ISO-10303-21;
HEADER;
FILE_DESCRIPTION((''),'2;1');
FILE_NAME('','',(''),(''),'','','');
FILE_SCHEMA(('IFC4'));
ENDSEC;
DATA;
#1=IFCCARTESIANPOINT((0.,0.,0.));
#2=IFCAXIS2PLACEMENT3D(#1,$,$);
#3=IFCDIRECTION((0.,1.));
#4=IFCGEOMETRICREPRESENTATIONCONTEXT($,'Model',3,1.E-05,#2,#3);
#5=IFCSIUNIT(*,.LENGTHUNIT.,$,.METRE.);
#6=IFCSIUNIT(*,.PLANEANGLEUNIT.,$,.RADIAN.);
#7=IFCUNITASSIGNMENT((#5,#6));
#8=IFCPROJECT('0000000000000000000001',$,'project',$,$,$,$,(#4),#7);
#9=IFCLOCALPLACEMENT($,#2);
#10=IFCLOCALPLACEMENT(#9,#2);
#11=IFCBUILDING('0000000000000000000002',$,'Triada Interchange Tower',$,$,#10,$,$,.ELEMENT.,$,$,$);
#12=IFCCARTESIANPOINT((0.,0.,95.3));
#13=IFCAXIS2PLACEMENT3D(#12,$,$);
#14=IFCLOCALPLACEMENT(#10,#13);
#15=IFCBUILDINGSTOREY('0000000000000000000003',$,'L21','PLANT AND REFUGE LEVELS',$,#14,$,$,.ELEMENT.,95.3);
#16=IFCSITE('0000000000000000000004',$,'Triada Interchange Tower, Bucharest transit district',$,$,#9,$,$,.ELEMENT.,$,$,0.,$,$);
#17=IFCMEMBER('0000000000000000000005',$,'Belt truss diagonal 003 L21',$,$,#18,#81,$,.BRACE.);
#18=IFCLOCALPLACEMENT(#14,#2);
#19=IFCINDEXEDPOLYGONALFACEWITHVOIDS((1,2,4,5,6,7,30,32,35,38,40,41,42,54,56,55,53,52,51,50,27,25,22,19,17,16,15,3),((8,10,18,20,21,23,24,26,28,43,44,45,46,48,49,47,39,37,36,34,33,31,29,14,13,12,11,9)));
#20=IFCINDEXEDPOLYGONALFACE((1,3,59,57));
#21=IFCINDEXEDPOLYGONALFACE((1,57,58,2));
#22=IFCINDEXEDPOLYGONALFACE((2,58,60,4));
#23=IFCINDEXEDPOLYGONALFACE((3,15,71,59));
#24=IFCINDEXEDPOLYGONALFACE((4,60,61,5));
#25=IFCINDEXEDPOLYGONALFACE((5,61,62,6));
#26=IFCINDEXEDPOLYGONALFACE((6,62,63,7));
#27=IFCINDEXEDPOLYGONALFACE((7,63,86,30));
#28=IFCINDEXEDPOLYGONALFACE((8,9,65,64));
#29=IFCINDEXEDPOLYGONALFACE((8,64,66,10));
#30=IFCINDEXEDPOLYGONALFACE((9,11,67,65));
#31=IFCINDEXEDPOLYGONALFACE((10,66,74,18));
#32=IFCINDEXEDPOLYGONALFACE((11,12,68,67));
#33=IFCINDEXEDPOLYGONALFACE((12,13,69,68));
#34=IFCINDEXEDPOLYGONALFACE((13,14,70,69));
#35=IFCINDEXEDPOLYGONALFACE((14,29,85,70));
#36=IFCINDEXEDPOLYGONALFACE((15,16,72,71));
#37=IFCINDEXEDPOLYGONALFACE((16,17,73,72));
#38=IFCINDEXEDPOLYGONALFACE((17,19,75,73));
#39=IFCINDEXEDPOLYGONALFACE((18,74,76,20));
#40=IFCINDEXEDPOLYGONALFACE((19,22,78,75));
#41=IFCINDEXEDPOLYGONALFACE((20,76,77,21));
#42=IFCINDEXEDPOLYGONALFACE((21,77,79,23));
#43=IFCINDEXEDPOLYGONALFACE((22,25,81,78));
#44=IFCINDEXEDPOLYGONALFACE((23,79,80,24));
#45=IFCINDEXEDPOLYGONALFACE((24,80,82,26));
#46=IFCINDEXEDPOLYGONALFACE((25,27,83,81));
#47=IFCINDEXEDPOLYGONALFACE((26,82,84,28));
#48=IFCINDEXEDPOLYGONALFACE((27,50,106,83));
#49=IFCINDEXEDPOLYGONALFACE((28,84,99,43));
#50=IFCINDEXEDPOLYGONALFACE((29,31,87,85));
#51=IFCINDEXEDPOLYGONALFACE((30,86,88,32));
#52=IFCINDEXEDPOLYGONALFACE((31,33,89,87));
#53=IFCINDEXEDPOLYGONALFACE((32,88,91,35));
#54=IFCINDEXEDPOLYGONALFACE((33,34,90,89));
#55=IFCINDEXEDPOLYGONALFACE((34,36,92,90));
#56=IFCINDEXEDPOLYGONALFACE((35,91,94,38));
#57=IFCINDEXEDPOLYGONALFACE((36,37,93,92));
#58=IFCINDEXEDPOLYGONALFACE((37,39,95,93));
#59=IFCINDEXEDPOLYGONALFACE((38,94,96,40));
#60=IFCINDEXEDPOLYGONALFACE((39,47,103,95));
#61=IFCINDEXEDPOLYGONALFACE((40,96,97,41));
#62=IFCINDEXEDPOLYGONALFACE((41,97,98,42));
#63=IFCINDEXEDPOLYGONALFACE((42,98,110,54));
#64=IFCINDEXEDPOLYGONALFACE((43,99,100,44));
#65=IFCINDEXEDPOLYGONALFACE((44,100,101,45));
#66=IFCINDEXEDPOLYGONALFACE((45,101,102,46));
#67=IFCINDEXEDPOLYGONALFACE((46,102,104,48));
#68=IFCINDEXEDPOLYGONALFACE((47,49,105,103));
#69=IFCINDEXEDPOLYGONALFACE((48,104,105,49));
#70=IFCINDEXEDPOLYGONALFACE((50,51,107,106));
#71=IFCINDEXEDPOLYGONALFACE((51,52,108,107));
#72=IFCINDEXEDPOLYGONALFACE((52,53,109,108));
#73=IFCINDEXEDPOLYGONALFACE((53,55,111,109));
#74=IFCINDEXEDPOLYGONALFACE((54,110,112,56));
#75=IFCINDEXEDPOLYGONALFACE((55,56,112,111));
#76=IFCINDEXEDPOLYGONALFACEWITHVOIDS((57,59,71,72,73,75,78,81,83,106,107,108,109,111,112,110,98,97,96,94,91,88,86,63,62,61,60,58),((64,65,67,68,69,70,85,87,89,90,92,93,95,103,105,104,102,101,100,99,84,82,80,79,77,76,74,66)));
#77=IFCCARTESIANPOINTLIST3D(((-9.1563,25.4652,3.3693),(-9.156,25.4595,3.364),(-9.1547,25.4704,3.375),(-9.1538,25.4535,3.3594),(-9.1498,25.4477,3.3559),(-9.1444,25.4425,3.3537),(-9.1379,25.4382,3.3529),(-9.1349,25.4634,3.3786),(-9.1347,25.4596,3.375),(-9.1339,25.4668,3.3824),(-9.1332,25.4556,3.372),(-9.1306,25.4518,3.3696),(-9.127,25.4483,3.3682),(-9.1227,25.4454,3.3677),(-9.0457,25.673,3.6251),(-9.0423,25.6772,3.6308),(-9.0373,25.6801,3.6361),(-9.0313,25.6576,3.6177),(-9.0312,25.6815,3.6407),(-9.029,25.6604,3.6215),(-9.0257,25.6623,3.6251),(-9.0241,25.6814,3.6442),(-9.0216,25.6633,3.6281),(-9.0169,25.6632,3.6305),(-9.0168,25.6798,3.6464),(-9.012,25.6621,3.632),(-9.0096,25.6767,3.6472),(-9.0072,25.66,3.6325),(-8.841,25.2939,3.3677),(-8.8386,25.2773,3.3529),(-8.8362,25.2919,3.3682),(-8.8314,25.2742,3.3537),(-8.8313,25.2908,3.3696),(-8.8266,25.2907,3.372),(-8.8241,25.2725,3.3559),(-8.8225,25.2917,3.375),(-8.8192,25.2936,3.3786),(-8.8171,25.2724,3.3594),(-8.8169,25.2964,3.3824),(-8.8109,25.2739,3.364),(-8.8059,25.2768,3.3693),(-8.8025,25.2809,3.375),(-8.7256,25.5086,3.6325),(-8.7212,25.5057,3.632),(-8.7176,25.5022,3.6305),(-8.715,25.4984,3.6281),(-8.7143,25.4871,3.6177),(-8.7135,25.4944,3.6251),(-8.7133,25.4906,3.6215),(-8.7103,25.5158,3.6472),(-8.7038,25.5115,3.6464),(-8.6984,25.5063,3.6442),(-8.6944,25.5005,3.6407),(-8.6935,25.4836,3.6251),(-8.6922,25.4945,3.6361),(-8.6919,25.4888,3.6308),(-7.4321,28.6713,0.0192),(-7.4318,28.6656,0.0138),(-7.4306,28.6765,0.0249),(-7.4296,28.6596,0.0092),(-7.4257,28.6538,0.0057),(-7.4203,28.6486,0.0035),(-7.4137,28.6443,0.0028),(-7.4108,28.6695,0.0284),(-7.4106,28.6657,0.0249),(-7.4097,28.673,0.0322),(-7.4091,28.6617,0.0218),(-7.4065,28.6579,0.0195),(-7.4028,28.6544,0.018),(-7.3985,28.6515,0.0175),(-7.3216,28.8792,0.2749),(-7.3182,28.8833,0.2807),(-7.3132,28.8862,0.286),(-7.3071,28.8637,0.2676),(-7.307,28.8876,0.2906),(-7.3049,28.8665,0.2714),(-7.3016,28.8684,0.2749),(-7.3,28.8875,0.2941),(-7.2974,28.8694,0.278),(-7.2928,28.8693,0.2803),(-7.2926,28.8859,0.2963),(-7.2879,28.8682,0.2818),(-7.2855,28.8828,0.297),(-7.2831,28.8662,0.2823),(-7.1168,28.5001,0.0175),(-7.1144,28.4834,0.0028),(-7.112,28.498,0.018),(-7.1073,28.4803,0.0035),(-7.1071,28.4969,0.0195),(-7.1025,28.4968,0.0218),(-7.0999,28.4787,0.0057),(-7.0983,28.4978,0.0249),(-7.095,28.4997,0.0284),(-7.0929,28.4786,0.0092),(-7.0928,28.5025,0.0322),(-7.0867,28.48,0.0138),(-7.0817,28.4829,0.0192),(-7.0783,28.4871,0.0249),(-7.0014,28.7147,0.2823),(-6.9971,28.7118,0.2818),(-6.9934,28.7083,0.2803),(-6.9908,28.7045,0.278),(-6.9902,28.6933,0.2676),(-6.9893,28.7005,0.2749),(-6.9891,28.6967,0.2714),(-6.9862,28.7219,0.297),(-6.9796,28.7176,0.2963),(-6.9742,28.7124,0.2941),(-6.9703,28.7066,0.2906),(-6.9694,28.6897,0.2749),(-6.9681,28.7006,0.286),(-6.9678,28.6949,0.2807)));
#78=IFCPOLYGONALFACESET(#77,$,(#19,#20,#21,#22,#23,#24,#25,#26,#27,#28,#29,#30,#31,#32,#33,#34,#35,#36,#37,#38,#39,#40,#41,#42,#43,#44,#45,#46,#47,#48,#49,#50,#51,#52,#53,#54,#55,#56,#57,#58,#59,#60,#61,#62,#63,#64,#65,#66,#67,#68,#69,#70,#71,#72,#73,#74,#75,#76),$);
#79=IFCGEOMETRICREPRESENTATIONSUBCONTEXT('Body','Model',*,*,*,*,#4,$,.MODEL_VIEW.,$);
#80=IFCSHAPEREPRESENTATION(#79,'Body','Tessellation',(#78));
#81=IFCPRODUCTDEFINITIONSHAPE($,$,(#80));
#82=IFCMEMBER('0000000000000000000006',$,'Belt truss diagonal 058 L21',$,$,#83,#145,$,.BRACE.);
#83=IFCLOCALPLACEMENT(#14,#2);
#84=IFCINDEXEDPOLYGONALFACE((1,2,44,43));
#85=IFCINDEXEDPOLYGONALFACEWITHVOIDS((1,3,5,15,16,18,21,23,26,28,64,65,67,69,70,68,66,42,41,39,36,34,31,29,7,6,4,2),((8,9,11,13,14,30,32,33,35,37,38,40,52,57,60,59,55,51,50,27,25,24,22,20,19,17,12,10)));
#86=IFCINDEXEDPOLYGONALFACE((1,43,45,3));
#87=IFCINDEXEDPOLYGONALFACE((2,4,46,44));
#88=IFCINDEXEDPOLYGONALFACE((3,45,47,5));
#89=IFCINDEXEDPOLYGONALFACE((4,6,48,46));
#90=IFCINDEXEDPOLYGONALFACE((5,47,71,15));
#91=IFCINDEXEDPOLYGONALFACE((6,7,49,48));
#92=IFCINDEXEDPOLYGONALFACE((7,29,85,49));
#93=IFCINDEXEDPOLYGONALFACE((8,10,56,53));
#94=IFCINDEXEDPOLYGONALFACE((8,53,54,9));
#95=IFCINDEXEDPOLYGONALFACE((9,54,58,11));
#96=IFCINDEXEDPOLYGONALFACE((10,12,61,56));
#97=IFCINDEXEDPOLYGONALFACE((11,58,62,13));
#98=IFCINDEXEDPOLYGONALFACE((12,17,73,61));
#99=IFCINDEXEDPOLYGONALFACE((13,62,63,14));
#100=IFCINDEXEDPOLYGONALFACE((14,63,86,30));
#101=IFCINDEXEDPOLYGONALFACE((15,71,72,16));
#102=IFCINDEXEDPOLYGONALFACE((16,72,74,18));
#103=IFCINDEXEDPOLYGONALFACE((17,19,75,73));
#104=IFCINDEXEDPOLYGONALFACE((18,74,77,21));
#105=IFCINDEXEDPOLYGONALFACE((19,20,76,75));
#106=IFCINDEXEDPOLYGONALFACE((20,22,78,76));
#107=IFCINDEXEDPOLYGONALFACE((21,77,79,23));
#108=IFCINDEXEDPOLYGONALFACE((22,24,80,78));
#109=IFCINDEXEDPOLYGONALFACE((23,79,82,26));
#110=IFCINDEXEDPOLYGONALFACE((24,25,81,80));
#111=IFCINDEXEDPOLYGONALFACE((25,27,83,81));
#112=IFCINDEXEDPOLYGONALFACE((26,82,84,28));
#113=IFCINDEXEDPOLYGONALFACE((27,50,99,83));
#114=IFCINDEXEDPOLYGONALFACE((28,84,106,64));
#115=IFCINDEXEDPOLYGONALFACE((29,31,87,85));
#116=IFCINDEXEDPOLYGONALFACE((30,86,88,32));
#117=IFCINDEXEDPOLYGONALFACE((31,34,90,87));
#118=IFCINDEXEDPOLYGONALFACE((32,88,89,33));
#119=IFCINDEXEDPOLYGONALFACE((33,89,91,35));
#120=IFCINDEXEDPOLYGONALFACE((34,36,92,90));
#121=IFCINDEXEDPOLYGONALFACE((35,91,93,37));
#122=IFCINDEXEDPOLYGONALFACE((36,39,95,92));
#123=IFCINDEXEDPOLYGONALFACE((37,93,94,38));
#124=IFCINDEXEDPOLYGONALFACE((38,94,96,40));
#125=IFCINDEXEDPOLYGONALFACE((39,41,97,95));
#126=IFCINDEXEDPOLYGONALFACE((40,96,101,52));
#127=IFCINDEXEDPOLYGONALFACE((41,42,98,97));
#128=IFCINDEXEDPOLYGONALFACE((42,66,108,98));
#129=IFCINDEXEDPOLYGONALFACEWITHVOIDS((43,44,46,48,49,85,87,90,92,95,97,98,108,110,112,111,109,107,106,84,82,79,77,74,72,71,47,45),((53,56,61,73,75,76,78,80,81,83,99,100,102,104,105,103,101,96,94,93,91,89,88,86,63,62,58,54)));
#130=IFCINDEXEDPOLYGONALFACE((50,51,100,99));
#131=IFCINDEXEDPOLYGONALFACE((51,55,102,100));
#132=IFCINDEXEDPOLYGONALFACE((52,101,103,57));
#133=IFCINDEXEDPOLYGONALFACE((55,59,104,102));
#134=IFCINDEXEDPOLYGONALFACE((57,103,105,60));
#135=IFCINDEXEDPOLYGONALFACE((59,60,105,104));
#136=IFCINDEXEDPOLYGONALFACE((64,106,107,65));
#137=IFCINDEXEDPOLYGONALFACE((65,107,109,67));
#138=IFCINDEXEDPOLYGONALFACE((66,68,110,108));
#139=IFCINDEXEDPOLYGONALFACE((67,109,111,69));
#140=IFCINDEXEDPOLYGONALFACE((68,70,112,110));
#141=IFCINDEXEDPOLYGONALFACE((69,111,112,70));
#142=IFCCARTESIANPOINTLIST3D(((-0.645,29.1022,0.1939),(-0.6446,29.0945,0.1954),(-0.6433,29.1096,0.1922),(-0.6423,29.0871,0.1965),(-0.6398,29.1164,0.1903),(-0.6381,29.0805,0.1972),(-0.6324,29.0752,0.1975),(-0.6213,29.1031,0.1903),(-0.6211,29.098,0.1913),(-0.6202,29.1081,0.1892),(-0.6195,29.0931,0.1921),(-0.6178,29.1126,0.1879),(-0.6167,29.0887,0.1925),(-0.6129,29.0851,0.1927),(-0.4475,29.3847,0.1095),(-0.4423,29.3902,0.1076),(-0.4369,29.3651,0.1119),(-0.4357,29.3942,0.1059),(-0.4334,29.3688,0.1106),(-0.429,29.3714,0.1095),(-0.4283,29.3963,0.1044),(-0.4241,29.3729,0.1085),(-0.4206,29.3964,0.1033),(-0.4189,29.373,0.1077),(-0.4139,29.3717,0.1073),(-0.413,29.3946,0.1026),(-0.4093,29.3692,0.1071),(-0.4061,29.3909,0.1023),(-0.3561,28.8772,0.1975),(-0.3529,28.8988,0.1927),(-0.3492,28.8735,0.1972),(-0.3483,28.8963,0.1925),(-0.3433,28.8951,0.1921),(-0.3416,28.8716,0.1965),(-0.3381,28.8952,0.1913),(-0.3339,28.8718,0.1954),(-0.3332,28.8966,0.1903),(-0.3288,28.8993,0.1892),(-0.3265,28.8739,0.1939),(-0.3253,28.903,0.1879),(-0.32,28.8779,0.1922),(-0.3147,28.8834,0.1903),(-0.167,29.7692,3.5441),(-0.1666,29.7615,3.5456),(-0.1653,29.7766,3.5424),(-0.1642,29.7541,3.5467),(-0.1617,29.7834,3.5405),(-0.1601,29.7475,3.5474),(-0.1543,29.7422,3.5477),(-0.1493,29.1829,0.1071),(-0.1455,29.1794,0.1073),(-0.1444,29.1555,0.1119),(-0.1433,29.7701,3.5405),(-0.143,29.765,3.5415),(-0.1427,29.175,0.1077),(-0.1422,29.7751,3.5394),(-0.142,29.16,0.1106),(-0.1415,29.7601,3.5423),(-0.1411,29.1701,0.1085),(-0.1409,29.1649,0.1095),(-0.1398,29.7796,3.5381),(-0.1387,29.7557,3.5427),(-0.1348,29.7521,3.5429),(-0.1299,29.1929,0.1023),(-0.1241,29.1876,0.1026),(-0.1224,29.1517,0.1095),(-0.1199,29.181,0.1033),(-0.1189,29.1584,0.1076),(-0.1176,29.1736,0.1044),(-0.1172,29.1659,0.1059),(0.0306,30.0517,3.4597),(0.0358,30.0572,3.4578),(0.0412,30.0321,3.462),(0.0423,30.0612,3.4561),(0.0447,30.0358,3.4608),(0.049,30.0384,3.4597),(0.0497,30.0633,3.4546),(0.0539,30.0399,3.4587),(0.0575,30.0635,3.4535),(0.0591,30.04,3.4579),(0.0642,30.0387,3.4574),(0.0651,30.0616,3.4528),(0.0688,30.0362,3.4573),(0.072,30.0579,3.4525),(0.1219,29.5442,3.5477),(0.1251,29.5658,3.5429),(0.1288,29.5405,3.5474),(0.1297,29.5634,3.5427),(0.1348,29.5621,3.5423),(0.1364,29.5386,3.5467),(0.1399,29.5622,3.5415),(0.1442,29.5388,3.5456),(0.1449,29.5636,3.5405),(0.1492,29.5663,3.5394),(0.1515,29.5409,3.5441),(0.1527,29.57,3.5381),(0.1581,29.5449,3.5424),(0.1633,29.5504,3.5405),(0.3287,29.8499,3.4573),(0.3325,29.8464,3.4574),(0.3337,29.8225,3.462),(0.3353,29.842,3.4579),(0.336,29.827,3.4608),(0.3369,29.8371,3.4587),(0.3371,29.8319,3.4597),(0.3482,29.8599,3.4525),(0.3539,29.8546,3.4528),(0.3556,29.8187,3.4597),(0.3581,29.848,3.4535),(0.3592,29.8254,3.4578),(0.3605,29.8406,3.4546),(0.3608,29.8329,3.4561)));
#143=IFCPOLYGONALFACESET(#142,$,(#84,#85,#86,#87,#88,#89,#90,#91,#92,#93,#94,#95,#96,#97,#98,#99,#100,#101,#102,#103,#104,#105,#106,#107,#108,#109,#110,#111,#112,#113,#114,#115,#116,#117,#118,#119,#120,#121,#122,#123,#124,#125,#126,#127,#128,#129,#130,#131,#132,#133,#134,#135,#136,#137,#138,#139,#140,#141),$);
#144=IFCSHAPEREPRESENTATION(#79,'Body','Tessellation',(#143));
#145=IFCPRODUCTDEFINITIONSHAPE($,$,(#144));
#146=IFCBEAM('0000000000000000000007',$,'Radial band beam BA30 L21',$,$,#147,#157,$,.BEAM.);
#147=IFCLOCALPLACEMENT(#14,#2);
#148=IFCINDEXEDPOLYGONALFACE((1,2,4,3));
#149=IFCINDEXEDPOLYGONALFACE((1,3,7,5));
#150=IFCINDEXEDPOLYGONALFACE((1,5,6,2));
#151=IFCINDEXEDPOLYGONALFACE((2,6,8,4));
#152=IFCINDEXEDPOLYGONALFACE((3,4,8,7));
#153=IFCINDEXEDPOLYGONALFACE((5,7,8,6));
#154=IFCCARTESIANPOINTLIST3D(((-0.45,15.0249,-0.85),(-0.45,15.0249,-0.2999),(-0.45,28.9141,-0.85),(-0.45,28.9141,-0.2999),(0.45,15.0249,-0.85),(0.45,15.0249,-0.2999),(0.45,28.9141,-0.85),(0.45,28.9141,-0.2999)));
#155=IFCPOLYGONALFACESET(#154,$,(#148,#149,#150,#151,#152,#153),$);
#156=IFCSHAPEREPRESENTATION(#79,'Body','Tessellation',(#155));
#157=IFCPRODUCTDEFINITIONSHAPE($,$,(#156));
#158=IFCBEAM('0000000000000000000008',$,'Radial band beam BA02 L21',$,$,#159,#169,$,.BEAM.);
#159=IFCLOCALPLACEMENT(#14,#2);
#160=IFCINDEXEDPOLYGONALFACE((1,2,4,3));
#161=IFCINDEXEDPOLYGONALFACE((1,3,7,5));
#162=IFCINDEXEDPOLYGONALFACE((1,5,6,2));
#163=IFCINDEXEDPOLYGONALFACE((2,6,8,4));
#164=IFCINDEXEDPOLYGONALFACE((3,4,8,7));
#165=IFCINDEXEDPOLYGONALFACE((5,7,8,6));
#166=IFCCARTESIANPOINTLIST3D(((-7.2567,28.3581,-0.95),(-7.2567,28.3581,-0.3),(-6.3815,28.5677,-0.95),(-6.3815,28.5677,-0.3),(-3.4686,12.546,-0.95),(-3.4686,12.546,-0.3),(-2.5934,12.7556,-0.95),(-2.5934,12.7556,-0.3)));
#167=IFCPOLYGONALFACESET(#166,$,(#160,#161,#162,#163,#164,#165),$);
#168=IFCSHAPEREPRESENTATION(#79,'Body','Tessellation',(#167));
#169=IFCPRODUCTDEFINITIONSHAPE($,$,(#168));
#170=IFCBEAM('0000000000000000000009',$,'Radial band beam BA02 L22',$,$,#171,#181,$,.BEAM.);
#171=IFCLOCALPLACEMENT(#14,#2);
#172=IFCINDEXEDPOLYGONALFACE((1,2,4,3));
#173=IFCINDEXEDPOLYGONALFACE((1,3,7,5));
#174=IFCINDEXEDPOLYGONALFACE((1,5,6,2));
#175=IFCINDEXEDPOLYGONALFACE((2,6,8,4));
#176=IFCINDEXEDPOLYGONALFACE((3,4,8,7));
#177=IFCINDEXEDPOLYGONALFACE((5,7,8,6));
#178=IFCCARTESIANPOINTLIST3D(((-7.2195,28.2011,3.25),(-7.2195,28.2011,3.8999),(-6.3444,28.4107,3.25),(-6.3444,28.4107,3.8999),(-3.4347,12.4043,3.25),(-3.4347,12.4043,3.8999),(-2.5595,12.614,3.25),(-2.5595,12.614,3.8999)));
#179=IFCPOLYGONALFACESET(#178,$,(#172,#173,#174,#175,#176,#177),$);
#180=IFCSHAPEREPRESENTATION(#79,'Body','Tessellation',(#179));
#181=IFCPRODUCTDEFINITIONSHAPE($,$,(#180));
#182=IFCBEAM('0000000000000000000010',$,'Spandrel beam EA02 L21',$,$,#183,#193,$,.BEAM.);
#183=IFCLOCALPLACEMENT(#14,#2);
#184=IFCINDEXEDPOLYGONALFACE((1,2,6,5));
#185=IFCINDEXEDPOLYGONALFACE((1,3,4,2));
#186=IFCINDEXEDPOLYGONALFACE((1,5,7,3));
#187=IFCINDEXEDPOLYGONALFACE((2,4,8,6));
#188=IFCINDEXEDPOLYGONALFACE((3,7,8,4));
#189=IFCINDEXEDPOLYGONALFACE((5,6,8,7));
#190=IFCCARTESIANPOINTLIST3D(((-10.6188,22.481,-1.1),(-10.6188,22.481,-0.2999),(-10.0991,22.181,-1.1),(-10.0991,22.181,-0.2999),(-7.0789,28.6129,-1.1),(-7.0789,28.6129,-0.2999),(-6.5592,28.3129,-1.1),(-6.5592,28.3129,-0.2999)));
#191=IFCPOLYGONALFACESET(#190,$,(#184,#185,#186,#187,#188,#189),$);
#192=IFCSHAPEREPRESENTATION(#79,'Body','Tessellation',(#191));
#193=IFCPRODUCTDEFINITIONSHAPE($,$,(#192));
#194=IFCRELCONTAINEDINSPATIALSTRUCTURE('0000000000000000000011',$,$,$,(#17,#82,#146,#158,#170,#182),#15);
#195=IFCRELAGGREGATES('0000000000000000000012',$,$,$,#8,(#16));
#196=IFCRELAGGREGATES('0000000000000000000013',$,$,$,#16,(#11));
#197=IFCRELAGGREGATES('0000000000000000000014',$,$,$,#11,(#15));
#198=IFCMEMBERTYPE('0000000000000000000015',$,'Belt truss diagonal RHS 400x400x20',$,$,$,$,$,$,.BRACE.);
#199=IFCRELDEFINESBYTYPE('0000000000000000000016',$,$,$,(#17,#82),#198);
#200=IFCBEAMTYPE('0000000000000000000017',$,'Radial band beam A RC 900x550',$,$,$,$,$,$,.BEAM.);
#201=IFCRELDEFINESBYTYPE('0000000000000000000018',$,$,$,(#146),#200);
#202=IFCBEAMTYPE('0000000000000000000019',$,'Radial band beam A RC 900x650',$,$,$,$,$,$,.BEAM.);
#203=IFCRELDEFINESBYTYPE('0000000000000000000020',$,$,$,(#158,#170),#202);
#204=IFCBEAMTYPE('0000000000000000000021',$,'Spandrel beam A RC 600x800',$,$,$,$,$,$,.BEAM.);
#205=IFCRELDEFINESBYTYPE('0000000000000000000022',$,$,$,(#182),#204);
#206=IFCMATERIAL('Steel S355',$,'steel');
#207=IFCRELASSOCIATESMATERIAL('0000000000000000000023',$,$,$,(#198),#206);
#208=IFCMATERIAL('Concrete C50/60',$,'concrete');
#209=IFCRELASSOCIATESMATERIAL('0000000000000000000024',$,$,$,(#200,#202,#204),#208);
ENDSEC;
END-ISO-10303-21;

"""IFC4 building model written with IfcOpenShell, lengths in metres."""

from ifc_helpers import new_model, si_unit, direction, frame, origin, origin_2d, place, context, subcontext, project, spatial, rectangle, hollow_rectangle, extrude, material, material_profile, profile_set, type_object, element, save


model = new_model("IFC4")

# Units and contexts
model_context = context("Model", 3, precision=1e-05, world=origin(), true_north=direction((0.0, 1.0)))
body_context = subcontext(model_context, "Body", "Model", "MODEL_VIEW")
ifc_project = project(units=[si_unit("LENGTHUNIT", "METRE"), si_unit("PLANEANGLEUNIT", "RADIAN")], contexts=[model_context])

# Site, building, storey
site_placement = place(None, origin())
site = spatial("IfcSite", under=ifc_project, at=site_placement, Name="Triada Interchange Tower, Bucharest transit district", CompositionType="ELEMENT", RefElevation=0.0)
building_placement = place(site_placement, origin())
building = spatial("IfcBuilding", under=site, at=building_placement, Name="Triada Interchange Tower", CompositionType="ELEMENT")
storey_placement = place(building_placement, frame((0.0, 0.0, 95.3)))
storey = spatial("IfcBuildingStorey", under=building, at=storey_placement, Name="L21", Description="PLANT AND REFUGE LEVELS", CompositionType="ELEMENT", Elevation=95.3)

# Members
ifc_material_1 = material(Name="Steel S355", Category="steel")
ifc_material_profile_1 = material_profile(ifc_material_1, hollow_rectangle(XDim=0.3999, YDim=0.3999, WallThickness=0.02, InnerFilletRadius=0.02, OuterFilletRadius=0.03, at=origin_2d()), Name="RHS 400x400x20")
ifc_profile_set_1 = profile_set([ifc_material_profile_1], Name="Steel S355")
member_type = type_object("IfcMemberType", Name="Belt truss diagonal RHS 400x400x20", PredefinedType="BRACE", material=ifc_profile_set_1)
member_1_placement = place(storey_placement, frame((-7.2, 28.6831, 0.1499), z_axis=(-0.348506, -0.648058, 0.677174), x_axis=(0.880725, -0.473628, 0.0)))
element("IfcMember", 1, at=member_1_placement, inside=storey, type_object=member_type, Name="Belt truss diagonal 003 L21", PredefinedType="BRACE", context=body_context, shape_type="SweptSolid", body=[
    extrude(hollow_rectangle(XDim=0.3999, YDim=0.3999, WallThickness=0.02, InnerFilletRadius=0.02, OuterFilletRadius=0.03, at=origin_2d()), origin(), (0.0, 0.0, 1.0), 4.9473),
])
member_2_placement = place(storey_placement, frame((-0.3811, 29.134, 0.1499), z_axis=(0.138593, 0.193379, 0.971286), x_axis=(-0.812808, 0.582532, 0.0)))
element("IfcMember", 2, at=member_2_placement, inside=storey, type_object=member_type, Name="Belt truss diagonal 058 L21", PredefinedType="BRACE", context=body_context, shape_type="SweptSolid", body=[
    extrude(hollow_rectangle(XDim=0.3999, YDim=0.3999, WallThickness=0.02, InnerFilletRadius=0.02, OuterFilletRadius=0.03, at=origin_2d()), origin(), (0.0, 0.0, 1.0), 3.4492),
])

# Beams
ifc_material_2 = material(Name="Concrete C50/60", Category="concrete")
ifc_material_profile_2 = material_profile(ifc_material_2, rectangle(XDim=0.8999, YDim=0.55, at=origin_2d()), Name="RC 900x550")
ifc_profile_set_2 = profile_set([ifc_material_profile_2], Name="Concrete C50/60")
beam_type_1 = type_object("IfcBeamType", Name="Radial band beam A RC 900x550", PredefinedType="BEAM", material=ifc_profile_set_2)
beam_1_placement = place(storey_placement, frame((0.0, 28.9141, -0.575), z_axis=(0.0, -1.0, 0.0), x_axis=(1.0, 0.0, 0.0)))
element("IfcBeam", 3, at=beam_1_placement, inside=storey, type_object=beam_type_1, Name="Radial band beam BA30 L21", PredefinedType="BEAM", context=body_context, shape_type="SweptSolid", body=[
    extrude(rectangle(XDim=0.8999, YDim=0.55, at=origin_2d()), origin(), (0.0, 0.0, 1.0), 13.8892),
])
ifc_material_profile_3 = material_profile(ifc_material_2, rectangle(XDim=0.8999, YDim=0.6499, at=origin_2d()), Name="RC 900x650")
ifc_profile_set_3 = profile_set([ifc_material_profile_3], Name="Concrete C50/60")
beam_type_2 = type_object("IfcBeamType", Name="Radial band beam A RC 900x650", PredefinedType="BEAM", material=ifc_profile_set_3)
beam_2_placement = place(storey_placement, frame((-6.8191, 28.4629, -0.625), z_axis=(0.232978, -0.972482, 0.0), x_axis=(0.972482, 0.232978, 0.0)))
element("IfcBeam", 4, at=beam_2_placement, inside=storey, type_object=beam_type_2, Name="Radial band beam BA02 L21", PredefinedType="BEAM", context=body_context, shape_type="SweptSolid", body=[
    extrude(rectangle(XDim=0.8999, YDim=0.6499, at=origin_2d()), origin(), (0.0, 0.0, 1.0), 16.2595),
])
beam_3_placement = place(storey_placement, frame((-6.782, 28.3059, 3.575), z_axis=(0.233004, -0.972476, 0.0), x_axis=(0.972476, 0.233004, 0.0)))
element("IfcBeam", 5, at=beam_3_placement, inside=storey, type_object=beam_type_2, Name="Radial band beam BA02 L22", PredefinedType="BEAM", context=body_context, shape_type="SweptSolid", body=[
    extrude(rectangle(XDim=0.8999, YDim=0.6499, at=origin_2d()), origin(), (0.0, 0.0, 1.0), 16.2439),
])
ifc_material_profile_4 = material_profile(ifc_material_2, rectangle(XDim=0.6001, YDim=0.8, at=origin_2d()), Name="RC 600x800")
ifc_profile_set_4 = profile_set([ifc_material_profile_4], Name="Concrete C50/60")
beam_type_3 = type_object("IfcBeamType", Name="Spandrel beam A RC 600x800", PredefinedType="BEAM", material=ifc_profile_set_4)
beam_4_placement = place(storey_placement, frame((-6.8191, 28.4629, -0.7), z_axis=(-0.499955, -0.866051, 0.0), x_axis=(0.866051, -0.499955, 0.0)))
element("IfcBeam", 6, at=beam_4_placement, inside=storey, type_object=beam_type_3, Name="Spandrel beam EA02 L21", PredefinedType="BEAM", context=body_context, shape_type="SweptSolid", body=[
    extrude(rectangle(XDim=0.6001, YDim=0.8, at=origin_2d()), origin(), (0.0, 0.0, 1.0), 7.0803),
])

save(model, "model.ifc")
